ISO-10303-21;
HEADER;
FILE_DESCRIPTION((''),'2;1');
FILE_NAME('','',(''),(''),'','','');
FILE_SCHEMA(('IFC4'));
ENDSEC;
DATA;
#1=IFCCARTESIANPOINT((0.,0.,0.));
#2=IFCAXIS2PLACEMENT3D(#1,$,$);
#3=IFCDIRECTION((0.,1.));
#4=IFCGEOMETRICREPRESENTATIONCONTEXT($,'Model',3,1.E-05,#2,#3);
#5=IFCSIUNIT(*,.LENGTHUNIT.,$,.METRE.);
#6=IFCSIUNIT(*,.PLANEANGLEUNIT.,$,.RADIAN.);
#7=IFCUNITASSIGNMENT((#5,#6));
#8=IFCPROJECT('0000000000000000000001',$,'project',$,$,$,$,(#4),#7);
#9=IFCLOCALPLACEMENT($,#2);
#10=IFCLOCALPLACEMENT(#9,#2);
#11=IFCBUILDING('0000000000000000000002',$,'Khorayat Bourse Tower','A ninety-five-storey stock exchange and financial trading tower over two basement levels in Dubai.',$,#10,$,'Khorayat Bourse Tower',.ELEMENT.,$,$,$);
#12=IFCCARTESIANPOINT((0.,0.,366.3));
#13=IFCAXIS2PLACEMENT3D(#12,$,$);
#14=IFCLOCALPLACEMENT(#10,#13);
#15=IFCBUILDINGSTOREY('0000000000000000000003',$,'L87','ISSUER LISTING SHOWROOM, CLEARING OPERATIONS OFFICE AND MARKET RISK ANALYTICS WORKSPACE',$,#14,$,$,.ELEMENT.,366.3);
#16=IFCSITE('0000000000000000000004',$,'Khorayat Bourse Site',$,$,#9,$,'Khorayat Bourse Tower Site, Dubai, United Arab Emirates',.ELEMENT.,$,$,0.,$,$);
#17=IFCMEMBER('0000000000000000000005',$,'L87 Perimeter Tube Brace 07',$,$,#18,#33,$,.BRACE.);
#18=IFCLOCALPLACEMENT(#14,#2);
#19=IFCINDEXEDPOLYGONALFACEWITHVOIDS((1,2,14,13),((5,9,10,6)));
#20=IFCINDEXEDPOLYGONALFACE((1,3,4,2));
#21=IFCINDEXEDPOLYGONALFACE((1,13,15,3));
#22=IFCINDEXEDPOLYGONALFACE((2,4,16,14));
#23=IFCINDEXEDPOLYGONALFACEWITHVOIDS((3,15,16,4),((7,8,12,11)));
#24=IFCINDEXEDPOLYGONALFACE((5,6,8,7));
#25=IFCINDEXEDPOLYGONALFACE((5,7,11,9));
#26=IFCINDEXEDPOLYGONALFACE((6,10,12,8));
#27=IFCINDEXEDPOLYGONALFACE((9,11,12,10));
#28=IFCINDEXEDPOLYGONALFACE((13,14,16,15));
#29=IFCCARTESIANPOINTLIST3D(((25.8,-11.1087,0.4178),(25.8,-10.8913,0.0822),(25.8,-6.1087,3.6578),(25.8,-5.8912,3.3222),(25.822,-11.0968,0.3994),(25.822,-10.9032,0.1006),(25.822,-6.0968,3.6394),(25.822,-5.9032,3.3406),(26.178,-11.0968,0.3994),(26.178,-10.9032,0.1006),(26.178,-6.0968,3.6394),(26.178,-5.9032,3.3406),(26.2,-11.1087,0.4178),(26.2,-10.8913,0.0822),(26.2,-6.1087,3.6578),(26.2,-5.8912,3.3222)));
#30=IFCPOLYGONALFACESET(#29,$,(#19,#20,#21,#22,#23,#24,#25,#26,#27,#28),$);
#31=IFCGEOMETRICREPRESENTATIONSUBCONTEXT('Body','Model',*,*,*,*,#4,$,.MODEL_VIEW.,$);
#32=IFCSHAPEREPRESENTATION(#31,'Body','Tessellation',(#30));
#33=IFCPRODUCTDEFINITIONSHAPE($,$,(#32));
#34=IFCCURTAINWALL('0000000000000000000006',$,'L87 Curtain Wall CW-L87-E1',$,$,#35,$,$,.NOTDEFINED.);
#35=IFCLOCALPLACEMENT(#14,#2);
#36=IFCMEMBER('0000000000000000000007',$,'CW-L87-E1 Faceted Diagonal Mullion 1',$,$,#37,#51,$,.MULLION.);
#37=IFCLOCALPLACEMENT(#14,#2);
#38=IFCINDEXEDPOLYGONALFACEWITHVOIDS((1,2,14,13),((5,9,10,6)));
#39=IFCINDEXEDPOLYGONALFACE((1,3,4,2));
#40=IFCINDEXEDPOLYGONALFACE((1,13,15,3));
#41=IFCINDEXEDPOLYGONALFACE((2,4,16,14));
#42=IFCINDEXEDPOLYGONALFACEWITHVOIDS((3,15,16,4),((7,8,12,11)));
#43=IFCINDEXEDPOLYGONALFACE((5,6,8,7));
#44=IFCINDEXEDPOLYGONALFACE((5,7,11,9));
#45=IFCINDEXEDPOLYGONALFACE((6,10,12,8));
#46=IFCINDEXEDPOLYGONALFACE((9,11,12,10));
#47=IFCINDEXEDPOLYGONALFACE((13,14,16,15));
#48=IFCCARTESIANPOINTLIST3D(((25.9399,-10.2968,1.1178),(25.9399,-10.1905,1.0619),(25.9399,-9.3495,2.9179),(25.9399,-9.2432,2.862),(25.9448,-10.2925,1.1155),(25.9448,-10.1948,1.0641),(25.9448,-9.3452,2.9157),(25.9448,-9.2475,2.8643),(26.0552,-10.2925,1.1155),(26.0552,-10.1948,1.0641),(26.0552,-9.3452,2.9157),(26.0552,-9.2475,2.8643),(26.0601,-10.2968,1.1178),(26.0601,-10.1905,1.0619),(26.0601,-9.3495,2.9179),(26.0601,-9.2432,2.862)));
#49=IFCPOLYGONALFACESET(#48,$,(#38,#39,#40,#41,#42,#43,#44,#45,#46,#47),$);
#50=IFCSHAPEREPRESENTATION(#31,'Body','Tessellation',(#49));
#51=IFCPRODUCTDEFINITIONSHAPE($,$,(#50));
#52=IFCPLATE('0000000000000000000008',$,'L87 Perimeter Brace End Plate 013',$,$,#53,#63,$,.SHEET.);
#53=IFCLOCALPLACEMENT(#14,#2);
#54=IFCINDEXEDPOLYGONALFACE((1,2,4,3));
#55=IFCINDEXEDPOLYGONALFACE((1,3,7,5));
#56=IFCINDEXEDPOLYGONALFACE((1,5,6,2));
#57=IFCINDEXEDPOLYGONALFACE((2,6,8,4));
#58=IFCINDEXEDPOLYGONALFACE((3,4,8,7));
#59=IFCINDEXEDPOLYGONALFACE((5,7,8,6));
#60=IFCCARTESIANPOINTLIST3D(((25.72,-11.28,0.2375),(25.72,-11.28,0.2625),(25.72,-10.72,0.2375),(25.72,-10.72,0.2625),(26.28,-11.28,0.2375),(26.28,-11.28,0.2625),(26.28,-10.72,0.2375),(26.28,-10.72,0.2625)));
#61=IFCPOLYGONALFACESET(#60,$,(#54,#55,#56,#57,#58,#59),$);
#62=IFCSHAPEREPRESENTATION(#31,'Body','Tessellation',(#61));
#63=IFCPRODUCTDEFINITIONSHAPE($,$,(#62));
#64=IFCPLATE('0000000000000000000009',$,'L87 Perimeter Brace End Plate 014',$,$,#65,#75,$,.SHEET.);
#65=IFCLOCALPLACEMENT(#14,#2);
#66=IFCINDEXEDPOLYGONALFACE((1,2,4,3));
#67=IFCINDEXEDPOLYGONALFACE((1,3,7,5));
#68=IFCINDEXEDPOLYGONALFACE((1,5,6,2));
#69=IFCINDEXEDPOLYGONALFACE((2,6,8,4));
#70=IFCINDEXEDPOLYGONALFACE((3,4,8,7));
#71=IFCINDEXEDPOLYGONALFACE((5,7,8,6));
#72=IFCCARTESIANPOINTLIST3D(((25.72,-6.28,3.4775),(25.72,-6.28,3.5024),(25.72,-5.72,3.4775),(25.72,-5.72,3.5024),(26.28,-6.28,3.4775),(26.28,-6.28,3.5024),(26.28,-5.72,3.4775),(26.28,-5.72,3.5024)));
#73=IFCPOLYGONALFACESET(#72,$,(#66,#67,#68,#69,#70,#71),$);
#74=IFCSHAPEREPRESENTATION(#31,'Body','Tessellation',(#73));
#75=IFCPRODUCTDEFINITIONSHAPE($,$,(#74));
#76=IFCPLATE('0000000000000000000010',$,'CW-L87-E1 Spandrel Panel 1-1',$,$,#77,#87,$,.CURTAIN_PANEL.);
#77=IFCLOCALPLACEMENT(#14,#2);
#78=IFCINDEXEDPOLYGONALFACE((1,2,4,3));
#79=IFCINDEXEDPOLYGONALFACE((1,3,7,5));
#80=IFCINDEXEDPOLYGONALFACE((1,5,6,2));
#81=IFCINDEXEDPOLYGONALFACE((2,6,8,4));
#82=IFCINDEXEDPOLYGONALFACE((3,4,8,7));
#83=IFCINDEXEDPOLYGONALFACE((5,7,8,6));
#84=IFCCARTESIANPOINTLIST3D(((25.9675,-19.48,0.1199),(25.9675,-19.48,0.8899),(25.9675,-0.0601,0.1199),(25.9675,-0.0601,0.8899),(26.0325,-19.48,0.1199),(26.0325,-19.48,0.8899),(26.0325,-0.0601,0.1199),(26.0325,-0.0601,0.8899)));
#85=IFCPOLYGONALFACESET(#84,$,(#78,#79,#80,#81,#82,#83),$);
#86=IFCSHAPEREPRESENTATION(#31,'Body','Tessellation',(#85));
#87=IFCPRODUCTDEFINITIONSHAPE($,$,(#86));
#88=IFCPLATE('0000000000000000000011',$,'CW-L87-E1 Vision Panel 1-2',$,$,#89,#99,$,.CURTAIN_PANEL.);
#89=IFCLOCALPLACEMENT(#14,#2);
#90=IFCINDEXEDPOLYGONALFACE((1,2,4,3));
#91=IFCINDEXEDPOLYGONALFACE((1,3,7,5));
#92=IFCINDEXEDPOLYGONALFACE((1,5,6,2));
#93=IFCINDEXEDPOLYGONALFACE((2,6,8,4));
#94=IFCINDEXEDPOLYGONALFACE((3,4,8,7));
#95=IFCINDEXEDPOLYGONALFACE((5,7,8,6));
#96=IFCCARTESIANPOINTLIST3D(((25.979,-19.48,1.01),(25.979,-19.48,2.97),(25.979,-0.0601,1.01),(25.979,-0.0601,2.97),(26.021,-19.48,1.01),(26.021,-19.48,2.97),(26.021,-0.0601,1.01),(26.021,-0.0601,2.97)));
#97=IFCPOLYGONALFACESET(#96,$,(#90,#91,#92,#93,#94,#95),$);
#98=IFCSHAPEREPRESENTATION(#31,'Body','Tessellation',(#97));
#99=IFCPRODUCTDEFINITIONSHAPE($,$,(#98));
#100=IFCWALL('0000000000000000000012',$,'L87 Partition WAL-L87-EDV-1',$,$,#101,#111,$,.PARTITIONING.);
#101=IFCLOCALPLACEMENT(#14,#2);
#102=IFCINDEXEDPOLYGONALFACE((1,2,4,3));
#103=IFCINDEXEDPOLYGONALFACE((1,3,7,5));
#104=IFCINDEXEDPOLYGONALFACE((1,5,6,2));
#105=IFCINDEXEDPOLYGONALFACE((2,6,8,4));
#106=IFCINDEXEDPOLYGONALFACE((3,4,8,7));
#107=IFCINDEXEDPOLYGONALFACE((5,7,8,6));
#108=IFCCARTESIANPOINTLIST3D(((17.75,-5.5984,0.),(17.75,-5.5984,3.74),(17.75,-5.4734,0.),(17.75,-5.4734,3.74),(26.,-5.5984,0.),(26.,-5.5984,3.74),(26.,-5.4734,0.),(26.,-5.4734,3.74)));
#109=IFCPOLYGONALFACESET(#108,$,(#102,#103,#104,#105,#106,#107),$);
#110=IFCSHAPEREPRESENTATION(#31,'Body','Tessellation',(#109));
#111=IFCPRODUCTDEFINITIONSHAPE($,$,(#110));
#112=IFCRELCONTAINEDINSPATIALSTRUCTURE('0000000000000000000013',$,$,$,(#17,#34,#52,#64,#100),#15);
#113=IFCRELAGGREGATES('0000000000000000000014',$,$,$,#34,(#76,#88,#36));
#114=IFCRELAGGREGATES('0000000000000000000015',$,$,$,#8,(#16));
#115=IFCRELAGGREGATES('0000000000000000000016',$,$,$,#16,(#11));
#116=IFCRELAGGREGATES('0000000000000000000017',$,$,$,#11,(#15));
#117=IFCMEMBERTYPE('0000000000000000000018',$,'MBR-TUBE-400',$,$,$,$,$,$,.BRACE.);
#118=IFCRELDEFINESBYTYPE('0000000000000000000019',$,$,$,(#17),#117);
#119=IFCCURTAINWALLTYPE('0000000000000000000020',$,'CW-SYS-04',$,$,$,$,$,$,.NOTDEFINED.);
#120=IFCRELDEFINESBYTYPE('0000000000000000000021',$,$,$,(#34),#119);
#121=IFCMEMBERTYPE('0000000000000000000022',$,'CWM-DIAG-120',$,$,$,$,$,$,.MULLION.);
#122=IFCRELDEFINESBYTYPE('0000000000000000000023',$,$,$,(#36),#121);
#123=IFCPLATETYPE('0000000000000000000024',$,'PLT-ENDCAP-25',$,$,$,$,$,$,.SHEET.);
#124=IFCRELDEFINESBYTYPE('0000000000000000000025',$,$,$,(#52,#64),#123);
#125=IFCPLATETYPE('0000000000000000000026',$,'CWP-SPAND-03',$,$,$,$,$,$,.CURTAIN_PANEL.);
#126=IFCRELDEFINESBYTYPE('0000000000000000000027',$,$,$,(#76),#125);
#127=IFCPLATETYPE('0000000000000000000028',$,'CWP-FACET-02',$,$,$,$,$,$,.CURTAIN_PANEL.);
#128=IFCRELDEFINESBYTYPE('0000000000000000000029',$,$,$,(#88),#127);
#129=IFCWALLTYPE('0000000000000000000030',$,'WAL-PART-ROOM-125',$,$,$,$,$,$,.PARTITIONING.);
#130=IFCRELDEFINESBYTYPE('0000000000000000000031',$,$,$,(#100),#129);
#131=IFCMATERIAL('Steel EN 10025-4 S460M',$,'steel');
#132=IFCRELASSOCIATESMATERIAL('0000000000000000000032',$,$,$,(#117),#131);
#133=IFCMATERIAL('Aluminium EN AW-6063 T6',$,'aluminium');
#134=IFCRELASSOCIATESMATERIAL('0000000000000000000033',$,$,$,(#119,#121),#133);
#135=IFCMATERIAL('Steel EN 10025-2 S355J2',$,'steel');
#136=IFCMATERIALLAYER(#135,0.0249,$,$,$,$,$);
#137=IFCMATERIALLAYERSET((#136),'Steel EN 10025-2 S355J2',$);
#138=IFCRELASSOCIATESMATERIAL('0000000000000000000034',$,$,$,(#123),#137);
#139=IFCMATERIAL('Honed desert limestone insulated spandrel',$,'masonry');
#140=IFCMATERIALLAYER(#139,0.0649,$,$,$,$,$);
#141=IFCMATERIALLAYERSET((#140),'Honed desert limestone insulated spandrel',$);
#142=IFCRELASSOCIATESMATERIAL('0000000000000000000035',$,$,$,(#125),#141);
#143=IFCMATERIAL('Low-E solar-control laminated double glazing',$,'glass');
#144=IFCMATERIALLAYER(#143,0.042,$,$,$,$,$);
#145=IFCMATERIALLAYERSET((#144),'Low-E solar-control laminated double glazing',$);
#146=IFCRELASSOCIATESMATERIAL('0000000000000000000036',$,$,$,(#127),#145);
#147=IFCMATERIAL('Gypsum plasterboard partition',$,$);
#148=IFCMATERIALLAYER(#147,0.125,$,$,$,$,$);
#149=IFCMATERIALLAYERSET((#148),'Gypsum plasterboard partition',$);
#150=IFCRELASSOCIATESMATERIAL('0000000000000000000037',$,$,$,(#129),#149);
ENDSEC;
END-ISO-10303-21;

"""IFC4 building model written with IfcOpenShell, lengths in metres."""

from ifc_helpers import new_model, si_unit, direction, frame, frame_2d, origin, origin_2d, place, context, subcontext, project, spatial, rectangle, hollow_rectangle, extrude, source, transform, mapped, material, layer, layer_set, material_profile, profile_set, type_object, element, aggregate, save


model = new_model("IFC4")

# Units and contexts
model_context = context("Model", 3, precision=1e-05, world=origin(), true_north=direction((0.0, 1.0)))
body_context = subcontext(model_context, "Body", "Model", "MODEL_VIEW")
ifc_project = project(units=[si_unit("LENGTHUNIT", "METRE"), si_unit("PLANEANGLEUNIT", "RADIAN")], contexts=[model_context])

# Site, building, storey
site_placement = place(None, origin())
site = spatial("IfcSite", under=ifc_project, at=site_placement, Name="Khorayat Bourse Site", LongName="Khorayat Bourse Tower Site, Dubai, United Arab Emirates", CompositionType="ELEMENT", RefElevation=0.0)
building_placement = place(site_placement, origin())
building = spatial("IfcBuilding", under=site, at=building_placement, Name="Khorayat Bourse Tower", Description="A ninety-five-storey stock exchange and financial trading tower over two basement levels in Dubai.", LongName="Khorayat Bourse Tower", CompositionType="ELEMENT")
storey_placement = place(building_placement, frame((0.0, 0.0, 366.3)))
storey = spatial("IfcBuildingStorey", under=building, at=storey_placement, Name="L87", Description="ISSUER LISTING SHOWROOM, CLEARING OPERATIONS OFFICE AND MARKET RISK ANALYTICS WORKSPACE", CompositionType="ELEMENT", Elevation=366.3)

# Shared definitions
ifc_material_1 = material(Name="Steel EN 10025-2 S355J2", Category="steel")

# Member
ifc_material_2 = material(Name="Steel EN 10025-4 S460M", Category="steel")
ifc_material_profile_1 = material_profile(ifc_material_2, hollow_rectangle(XDim=0.3999, YDim=0.3999, WallThickness=0.022, at=origin_2d()), Name="HSS 400x400x22")
ifc_profile_set_1 = profile_set([ifc_material_profile_1], Name="Steel EN 10025-4 S460M")
member_type_1 = type_object("IfcMemberType", Name="MBR-TUBE-400", PredefinedType="BRACE", material=ifc_profile_set_1)
shared_shape_1 = source(origin(), body_context, "Body", "SweptSolid", [
    extrude(hollow_rectangle(XDim=0.3999, YDim=0.3999, WallThickness=0.022, at=origin_2d()), origin(), (0.0, 0.0, 1.0), 5.958),
])
member_1_placement = place(storey_placement, frame((26.0, -11.0, 0.25), z_axis=(0.0, 0.83921, 0.543807), x_axis=(-1.0, 0.0, 0.0)))
element("IfcMember", 1, at=member_1_placement, inside=storey, type_object=member_type_1, Name="L87 Perimeter Tube Brace 07", PredefinedType="BRACE", context=body_context, shape_type="MappedRepresentation", body=[
    mapped(shared_shape_1, transform((0.0, 0.0, 0.0), scale=1.0)),
])

# Curtain wall, member
ifc_material_3 = material(Name="Aluminium EN AW-6063 T6", Category="aluminium")
curtain_wall_type = type_object("IfcCurtainWallType", Name="CW-SYS-04", PredefinedType="NOTDEFINED", material=ifc_material_3)
curtain_wall_placement = place(storey_placement, origin())
curtain_wall = element("IfcCurtainWall", 2, at=curtain_wall_placement, inside=storey, type_object=curtain_wall_type, Name="L87 Curtain Wall CW-L87-E1", PredefinedType="NOTDEFINED")
ifc_material_profile_2 = material_profile(ifc_material_3, hollow_rectangle(XDim=0.1201, YDim=0.1201, WallThickness=0.0049, at=origin_2d()), Name="ALU 120x120x5")
ifc_profile_set_2 = profile_set([ifc_material_profile_2], Name="Aluminium EN AW-6063 T6")
member_type_2 = type_object("IfcMemberType", Name="CWM-DIAG-120", PredefinedType="MULLION", material=ifc_profile_set_2)
shared_shape_2 = source(origin(), body_context, "Body", "SweptSolid", [
    extrude(hollow_rectangle(XDim=0.1201, YDim=0.1201, WallThickness=0.0049, at=origin_2d()), origin(), (0.0, 0.0, 1.0), 2.0342),
])
member_2_placement = place(storey_placement, frame((26.0, -10.2437, 1.0898), z_axis=(0.0, 0.465697, 0.884944), x_axis=(-1.0, 0.0, 0.0)))
member_2 = element("IfcMember", 3, at=member_2_placement, type_object=member_type_2, Name="CW-L87-E1 Faceted Diagonal Mullion 1", PredefinedType="MULLION", context=body_context, shape_type="MappedRepresentation", body=[
    mapped(shared_shape_2, transform((0.0, 0.0, 0.0), scale=1.0)),
])

# Plates
ifc_layer_1 = layer(ifc_material_1, 0.0249)
ifc_layer_set_1 = layer_set([ifc_layer_1], Name="Steel EN 10025-2 S355J2")
plate_type_1 = type_object("IfcPlateType", Name="PLT-ENDCAP-25", PredefinedType="SHEET", material=ifc_layer_set_1)
shared_shape_3 = source(origin(), body_context, "Body", "SweptSolid", [
    extrude(rectangle(XDim=0.5601, YDim=0.5601, at=origin_2d()), origin(), (0.0, 0.0, 1.0), 0.0249),
])
for number, where, z_axis, x_axis, name in (
    (4, (26.0, -11.0, 0.2375), (0.0, 0.0, 1.0), (1.0, 0.0, 0.0), "L87 Perimeter Brace End Plate 013"),
    (5, (26.0, -6.0, 3.4775), (0.0, 0.0, 1.0), (1.0, 0.0, 0.0), "L87 Perimeter Brace End Plate 014"),
):
    element("IfcPlate", number, at=place(storey_placement, frame(where, z_axis=z_axis, x_axis=x_axis)), inside=storey, type_object=plate_type_1, Name=name, PredefinedType="SHEET", context=body_context, shape_type="MappedRepresentation", body=[
        mapped(shared_shape_3, transform((0.0, 0.0, 0.0), scale=1.0)),
    ])

# Plates
ifc_material_4 = material(Name="Honed desert limestone insulated spandrel", Category="masonry")
ifc_layer_2 = layer(ifc_material_4, 0.0649)
ifc_layer_set_2 = layer_set([ifc_layer_2], Name="Honed desert limestone insulated spandrel")
plate_type_2 = type_object("IfcPlateType", Name="CWP-SPAND-03", PredefinedType="CURTAIN_PANEL", material=ifc_layer_set_2)
shared_shape_4 = source(origin(), body_context, "Body", "SweptSolid", [
    extrude(rectangle(XDim=19.4199, YDim=0.0649, at=origin_2d()), origin(), (0.0, 0.0, 1.0), 0.77),
])
plate_1_placement = place(storey_placement, frame((26.0, -9.77, 0.1199), z_axis=(0.0, 0.0, 1.0), x_axis=(0.0, 1.0, 0.0)))
plate_1 = element("IfcPlate", 6, at=plate_1_placement, type_object=plate_type_2, Name="CW-L87-E1 Spandrel Panel 1-1", PredefinedType="CURTAIN_PANEL", context=body_context, shape_type="MappedRepresentation", body=[
    mapped(shared_shape_4, transform((0.0, 0.0, 0.0), scale=1.0)),
])
ifc_material_5 = material(Name="Low-E solar-control laminated double glazing", Category="glass")
ifc_layer_3 = layer(ifc_material_5, 0.042)
ifc_layer_set_3 = layer_set([ifc_layer_3], Name="Low-E solar-control laminated double glazing")
plate_type_3 = type_object("IfcPlateType", Name="CWP-FACET-02", PredefinedType="CURTAIN_PANEL", material=ifc_layer_set_3)
shared_shape_5 = source(origin(), body_context, "Body", "SweptSolid", [
    extrude(rectangle(XDim=19.4199, YDim=0.042, at=origin_2d()), origin(), (0.0, 0.0, 1.0), 1.96),
])
plate_2_placement = place(storey_placement, frame((26.0, -9.77, 1.01), z_axis=(0.0, 0.0, 1.0), x_axis=(0.0, 1.0, 0.0)))
plate_2 = element("IfcPlate", 7, at=plate_2_placement, type_object=plate_type_3, Name="CW-L87-E1 Vision Panel 1-2", PredefinedType="CURTAIN_PANEL", context=body_context, shape_type="MappedRepresentation", body=[
    mapped(shared_shape_5, transform((0.0, 0.0, 0.0), scale=1.0)),
])
aggregate(curtain_wall, [plate_1, plate_2, member_2])

# Wall
ifc_material_6 = material(Name="Gypsum plasterboard partition")
ifc_layer_4 = layer(ifc_material_6, 0.125)
ifc_layer_set_4 = layer_set([ifc_layer_4], Name="Gypsum plasterboard partition")
wall_type = type_object("IfcWallType", Name="WAL-PART-ROOM-125", PredefinedType="PARTITIONING", material=ifc_layer_set_4)
shared_shape_6 = source(origin(), body_context, "Body", "SweptSolid", [
    extrude(rectangle(XDim=8.25, YDim=0.125, at=frame_2d((4.125, 0.0))), origin(), (0.0, 0.0, 1.0), 3.74),
])
wall_placement = place(storey_placement, frame((17.75, -5.5359, 0.0), z_axis=(0.0, 0.0, 1.0), x_axis=(1.0, 0.0, 0.0)))
element("IfcWall", 8, at=wall_placement, inside=storey, type_object=wall_type, Name="L87 Partition WAL-L87-EDV-1", PredefinedType="PARTITIONING", context=body_context, shape_type="MappedRepresentation", body=[
    mapped(shared_shape_6, transform((0.0, 0.0, 0.0), scale=1.0)),
])

save(model, "model.ifc")
